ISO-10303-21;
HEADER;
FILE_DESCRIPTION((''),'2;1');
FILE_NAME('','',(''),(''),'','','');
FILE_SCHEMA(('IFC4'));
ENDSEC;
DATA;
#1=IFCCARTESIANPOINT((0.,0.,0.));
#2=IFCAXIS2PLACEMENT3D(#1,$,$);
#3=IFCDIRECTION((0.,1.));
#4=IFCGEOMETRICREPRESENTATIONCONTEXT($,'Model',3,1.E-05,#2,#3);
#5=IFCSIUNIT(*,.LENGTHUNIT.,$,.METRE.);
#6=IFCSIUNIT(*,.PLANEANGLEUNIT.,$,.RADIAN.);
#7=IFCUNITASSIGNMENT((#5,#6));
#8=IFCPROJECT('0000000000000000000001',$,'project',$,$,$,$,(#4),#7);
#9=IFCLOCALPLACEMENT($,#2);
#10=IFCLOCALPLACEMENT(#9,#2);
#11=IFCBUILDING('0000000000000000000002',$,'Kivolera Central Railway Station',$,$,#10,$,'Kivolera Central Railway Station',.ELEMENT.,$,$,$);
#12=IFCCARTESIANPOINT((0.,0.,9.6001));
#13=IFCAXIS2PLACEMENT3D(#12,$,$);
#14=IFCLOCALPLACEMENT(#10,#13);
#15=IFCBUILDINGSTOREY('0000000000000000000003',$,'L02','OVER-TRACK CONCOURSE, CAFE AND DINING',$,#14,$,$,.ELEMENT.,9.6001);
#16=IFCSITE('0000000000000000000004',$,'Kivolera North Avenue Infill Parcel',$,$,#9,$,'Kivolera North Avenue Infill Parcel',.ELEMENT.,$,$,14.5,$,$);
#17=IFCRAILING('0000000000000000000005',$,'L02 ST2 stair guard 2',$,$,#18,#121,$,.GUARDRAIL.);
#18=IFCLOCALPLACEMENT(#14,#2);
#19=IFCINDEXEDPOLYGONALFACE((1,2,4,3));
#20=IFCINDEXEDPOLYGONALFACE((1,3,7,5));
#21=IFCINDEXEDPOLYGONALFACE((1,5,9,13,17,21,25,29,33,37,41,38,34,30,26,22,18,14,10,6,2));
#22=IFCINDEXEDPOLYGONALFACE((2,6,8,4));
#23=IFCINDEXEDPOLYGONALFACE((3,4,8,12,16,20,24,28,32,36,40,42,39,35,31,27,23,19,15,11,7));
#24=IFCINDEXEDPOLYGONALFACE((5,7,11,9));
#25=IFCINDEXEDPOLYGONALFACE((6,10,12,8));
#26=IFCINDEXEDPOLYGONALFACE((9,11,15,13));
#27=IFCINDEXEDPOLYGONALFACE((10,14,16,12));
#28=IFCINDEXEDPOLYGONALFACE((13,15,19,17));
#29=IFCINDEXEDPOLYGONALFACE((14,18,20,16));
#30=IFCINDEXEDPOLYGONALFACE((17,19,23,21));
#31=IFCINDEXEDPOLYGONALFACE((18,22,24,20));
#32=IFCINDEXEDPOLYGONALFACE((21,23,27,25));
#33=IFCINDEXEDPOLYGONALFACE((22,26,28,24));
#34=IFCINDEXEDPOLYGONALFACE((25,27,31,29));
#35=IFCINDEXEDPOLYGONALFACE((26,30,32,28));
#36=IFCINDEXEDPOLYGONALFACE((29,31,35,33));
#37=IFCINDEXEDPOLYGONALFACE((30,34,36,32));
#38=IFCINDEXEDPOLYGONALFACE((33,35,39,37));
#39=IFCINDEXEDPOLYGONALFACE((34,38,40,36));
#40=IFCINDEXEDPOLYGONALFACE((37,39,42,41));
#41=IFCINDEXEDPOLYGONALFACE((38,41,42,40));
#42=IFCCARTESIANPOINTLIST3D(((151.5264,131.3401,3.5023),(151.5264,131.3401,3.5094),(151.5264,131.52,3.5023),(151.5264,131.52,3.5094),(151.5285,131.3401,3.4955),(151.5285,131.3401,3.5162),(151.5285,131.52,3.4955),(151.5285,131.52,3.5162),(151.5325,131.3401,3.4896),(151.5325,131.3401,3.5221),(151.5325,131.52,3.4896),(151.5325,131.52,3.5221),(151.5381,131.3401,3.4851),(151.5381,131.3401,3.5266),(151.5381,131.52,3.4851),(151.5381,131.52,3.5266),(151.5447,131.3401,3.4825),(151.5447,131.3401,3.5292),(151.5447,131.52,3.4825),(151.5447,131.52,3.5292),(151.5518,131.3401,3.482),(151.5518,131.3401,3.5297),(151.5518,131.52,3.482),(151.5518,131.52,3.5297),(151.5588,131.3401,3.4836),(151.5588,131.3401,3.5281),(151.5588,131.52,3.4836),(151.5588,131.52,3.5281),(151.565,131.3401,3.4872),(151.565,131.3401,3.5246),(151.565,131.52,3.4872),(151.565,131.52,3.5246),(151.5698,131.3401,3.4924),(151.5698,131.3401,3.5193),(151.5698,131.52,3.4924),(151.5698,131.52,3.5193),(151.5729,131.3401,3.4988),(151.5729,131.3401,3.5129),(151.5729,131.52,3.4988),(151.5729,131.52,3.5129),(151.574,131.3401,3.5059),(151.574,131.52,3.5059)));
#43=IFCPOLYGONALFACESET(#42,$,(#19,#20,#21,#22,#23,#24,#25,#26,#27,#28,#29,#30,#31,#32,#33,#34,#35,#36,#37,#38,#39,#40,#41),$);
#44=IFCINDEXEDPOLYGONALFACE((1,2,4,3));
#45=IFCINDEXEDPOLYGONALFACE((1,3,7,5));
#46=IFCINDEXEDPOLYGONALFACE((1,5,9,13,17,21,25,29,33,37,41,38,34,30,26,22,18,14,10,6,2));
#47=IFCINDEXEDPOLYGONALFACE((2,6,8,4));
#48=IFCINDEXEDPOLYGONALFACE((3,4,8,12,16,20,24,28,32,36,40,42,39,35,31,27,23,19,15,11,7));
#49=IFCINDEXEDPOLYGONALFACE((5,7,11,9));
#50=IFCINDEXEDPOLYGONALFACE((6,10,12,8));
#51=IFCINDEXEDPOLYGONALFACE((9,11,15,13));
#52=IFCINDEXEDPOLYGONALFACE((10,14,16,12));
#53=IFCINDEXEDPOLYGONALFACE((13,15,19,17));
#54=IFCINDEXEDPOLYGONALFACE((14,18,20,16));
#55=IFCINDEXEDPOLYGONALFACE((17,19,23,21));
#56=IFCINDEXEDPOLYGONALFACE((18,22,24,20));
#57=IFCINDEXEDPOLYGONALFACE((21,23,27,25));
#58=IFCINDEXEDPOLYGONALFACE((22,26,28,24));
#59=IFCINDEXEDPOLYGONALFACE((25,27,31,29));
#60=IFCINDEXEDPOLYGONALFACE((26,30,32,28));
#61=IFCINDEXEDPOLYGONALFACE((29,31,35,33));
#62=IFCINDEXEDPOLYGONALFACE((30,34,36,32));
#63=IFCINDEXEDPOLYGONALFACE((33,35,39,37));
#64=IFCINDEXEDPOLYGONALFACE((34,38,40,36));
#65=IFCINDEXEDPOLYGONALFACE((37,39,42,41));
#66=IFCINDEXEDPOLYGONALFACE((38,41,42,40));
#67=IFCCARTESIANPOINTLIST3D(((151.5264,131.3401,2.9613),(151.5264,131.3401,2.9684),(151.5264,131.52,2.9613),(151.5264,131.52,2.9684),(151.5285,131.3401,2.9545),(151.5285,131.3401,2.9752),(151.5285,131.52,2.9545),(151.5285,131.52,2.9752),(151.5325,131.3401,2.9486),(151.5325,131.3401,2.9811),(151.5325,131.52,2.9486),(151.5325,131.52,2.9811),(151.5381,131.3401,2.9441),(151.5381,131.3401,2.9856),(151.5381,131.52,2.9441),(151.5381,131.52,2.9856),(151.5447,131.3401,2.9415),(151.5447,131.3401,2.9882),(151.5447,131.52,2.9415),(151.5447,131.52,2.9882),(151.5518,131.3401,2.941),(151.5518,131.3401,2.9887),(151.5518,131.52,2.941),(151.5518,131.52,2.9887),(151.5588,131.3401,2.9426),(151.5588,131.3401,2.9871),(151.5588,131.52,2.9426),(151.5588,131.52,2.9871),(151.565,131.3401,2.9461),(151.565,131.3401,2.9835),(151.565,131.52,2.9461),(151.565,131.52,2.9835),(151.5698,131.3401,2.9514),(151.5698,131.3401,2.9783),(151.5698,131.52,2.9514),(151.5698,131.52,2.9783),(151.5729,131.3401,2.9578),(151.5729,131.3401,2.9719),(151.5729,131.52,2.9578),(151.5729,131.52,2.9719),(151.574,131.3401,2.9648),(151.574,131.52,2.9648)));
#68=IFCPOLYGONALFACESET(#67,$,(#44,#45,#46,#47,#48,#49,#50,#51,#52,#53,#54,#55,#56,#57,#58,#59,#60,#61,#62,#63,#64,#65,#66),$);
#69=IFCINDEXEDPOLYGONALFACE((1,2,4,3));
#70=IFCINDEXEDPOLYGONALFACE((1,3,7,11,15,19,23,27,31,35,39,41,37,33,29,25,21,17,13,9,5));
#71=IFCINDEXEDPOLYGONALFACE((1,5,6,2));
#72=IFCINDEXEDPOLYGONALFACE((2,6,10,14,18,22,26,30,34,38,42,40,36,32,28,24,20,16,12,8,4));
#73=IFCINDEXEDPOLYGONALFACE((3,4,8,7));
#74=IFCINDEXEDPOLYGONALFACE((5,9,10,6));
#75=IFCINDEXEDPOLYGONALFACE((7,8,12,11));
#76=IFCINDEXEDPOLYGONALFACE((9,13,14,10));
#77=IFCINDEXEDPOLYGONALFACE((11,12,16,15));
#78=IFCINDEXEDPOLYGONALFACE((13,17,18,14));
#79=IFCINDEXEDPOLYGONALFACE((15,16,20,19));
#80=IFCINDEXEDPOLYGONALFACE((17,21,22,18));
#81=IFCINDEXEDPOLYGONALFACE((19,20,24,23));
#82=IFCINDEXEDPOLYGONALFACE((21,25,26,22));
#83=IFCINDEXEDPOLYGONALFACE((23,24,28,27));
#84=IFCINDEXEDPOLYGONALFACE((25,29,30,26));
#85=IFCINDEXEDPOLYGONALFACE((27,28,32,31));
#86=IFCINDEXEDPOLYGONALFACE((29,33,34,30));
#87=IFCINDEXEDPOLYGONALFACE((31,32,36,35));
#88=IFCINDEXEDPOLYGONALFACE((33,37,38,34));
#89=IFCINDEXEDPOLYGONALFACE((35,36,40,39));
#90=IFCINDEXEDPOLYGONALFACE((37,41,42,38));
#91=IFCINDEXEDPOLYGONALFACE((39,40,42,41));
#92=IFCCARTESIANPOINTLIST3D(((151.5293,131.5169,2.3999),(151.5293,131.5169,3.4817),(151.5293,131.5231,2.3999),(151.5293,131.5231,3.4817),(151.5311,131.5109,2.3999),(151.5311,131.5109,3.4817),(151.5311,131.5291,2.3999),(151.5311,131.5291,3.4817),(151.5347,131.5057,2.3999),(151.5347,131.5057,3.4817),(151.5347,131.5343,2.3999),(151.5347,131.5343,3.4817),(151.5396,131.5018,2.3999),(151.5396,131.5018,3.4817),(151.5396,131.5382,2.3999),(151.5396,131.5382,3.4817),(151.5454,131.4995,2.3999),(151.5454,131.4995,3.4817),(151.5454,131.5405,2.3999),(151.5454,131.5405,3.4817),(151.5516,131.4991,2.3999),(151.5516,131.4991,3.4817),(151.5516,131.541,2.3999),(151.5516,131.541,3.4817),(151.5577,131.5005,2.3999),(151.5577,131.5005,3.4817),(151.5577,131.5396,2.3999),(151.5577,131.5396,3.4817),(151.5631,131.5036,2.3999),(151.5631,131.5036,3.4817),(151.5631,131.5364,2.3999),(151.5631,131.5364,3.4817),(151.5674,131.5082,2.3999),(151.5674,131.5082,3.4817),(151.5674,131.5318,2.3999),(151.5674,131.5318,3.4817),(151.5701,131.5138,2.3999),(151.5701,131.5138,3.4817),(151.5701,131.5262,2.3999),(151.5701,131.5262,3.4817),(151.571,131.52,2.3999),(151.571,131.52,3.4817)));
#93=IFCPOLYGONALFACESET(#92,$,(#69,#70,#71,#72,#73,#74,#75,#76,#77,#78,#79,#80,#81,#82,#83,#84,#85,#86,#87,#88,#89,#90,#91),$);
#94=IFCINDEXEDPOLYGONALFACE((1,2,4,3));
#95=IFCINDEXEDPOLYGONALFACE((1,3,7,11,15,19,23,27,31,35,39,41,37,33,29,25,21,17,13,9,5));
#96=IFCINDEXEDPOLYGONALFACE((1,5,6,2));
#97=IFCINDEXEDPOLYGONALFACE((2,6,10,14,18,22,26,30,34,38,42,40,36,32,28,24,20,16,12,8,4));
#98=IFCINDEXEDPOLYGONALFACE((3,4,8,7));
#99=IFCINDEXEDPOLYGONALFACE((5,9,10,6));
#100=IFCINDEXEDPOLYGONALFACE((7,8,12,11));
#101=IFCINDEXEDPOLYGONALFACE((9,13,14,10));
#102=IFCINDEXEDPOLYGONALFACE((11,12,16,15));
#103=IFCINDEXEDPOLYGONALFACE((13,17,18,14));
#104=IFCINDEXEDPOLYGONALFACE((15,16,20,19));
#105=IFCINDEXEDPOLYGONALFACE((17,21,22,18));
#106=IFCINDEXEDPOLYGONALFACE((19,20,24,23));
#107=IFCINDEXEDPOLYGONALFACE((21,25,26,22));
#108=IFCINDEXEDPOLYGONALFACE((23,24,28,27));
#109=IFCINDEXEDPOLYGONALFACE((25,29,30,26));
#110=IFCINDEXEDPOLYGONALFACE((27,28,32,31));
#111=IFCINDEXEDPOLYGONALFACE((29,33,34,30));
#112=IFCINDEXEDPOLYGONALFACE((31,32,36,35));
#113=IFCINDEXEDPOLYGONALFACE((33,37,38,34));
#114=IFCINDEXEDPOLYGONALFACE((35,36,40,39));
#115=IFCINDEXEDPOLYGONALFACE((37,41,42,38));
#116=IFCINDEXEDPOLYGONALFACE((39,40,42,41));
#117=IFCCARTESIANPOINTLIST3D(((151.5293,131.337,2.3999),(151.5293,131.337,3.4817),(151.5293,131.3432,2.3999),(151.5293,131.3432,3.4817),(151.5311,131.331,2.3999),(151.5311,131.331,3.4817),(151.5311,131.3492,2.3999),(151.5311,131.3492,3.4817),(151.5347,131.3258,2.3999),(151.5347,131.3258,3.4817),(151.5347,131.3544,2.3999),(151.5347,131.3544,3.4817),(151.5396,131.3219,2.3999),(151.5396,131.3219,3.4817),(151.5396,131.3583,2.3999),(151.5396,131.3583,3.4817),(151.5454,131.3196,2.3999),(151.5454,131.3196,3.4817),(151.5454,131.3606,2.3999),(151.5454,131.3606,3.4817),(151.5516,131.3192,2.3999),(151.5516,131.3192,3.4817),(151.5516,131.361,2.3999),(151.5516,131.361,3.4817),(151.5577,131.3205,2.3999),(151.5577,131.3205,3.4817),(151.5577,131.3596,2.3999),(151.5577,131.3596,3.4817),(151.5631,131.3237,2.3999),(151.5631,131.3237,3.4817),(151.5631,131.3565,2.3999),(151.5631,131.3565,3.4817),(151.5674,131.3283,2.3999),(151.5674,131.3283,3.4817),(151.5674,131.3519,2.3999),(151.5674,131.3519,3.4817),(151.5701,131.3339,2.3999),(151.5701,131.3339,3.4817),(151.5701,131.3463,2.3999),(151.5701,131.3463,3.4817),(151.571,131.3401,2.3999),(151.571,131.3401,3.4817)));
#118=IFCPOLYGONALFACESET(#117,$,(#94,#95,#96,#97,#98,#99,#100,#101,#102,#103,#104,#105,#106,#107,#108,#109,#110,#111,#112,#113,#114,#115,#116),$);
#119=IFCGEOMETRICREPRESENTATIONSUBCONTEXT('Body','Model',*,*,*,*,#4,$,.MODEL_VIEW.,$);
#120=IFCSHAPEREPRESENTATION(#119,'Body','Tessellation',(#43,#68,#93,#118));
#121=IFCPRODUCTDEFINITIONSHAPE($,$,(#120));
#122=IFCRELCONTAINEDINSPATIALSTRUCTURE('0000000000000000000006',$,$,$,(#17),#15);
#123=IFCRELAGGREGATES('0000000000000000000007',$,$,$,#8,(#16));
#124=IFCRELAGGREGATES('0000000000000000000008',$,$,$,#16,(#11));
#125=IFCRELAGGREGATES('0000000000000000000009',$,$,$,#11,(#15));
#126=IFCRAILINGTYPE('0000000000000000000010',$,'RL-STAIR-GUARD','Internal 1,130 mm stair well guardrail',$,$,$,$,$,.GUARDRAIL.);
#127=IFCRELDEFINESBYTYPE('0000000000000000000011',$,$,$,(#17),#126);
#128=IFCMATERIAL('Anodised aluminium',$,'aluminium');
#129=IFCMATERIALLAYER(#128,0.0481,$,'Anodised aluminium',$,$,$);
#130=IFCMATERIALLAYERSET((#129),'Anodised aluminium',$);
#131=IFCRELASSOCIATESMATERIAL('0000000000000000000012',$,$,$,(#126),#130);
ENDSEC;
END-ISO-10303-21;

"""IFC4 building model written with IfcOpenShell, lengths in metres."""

from ifc_helpers import new_model, si_unit, direction, frame, origin, origin_2d, place, context, subcontext, project, spatial, circle, extrude, material, layer, layer_set, type_object, element, save


model = new_model("IFC4")

# Units and contexts
model_context = context("Model", 3, precision=1e-05, world=origin(), true_north=direction((0.0, 1.0)))
body_context = subcontext(model_context, "Body", "Model", "MODEL_VIEW")
ifc_project = project(units=[si_unit("LENGTHUNIT", "METRE"), si_unit("PLANEANGLEUNIT", "RADIAN")], contexts=[model_context])

# Site, building, storey
site_placement = place(None, origin())
site = spatial("IfcSite", under=ifc_project, at=site_placement, Name="Kivolera North Avenue Infill Parcel", LongName="Kivolera North Avenue Infill Parcel", CompositionType="ELEMENT", RefElevation=14.5)
building_placement = place(site_placement, origin())
building = spatial("IfcBuilding", under=site, at=building_placement, Name="Kivolera Central Railway Station", LongName="Kivolera Central Railway Station", CompositionType="ELEMENT")
storey_placement = place(building_placement, frame((0.0, 0.0, 9.6001)))
storey = spatial("IfcBuildingStorey", under=building, at=storey_placement, Name="L02", Description="OVER-TRACK CONCOURSE, CAFE AND DINING", CompositionType="ELEMENT", Elevation=9.6001)

# Shared definitions
ifc_material_1 = material(Name="Anodised aluminium", Category="aluminium")

# Railing
ifc_layer_1 = layer(ifc_material_1, 0.0481, Name="Anodised aluminium")
ifc_layer_set_1 = layer_set([ifc_layer_1], Name="Anodised aluminium")
railing_type_1 = type_object("IfcRailingType", Name="RL-STAIR-GUARD", Description="Internal 1,130 mm stair well guardrail", PredefinedType="GUARDRAIL", material=ifc_layer_set_1)
railing_1_placement = place(storey_placement, frame((151.55, 131.52, 2.3999)))
element("IfcRailing", 1, at=railing_1_placement, inside=storey, type_object=railing_type_1, Name="L02 ST2 stair guard 2", PredefinedType="GUARDRAIL", context=body_context, shape_type="SweptSolid", body=[
    extrude(circle(Radius=0.0239, at=origin_2d()), frame((0.0, 0.0, 1.106), z_axis=(0.0, -1.0, 0.0), x_axis=(1.0, 0.0, 0.0)), (0.0, 0.0, 1.0), 0.1799),
    extrude(circle(Radius=0.0239, at=origin_2d()), frame((0.0, 0.0, 0.5649), z_axis=(0.0, -1.0, 0.0), x_axis=(1.0, 0.0, 0.0)), (0.0, 0.0, 1.0), 0.1799),
    extrude(circle(Radius=0.021, at=origin_2d()), origin(), (0.0, 0.0, 1.0), 1.0818),
    extrude(circle(Radius=0.021, at=origin_2d()), frame((0.0, -0.1799, 0.0)), (0.0, 0.0, 1.0), 1.0818),
])

save(model, "model.ifc")
